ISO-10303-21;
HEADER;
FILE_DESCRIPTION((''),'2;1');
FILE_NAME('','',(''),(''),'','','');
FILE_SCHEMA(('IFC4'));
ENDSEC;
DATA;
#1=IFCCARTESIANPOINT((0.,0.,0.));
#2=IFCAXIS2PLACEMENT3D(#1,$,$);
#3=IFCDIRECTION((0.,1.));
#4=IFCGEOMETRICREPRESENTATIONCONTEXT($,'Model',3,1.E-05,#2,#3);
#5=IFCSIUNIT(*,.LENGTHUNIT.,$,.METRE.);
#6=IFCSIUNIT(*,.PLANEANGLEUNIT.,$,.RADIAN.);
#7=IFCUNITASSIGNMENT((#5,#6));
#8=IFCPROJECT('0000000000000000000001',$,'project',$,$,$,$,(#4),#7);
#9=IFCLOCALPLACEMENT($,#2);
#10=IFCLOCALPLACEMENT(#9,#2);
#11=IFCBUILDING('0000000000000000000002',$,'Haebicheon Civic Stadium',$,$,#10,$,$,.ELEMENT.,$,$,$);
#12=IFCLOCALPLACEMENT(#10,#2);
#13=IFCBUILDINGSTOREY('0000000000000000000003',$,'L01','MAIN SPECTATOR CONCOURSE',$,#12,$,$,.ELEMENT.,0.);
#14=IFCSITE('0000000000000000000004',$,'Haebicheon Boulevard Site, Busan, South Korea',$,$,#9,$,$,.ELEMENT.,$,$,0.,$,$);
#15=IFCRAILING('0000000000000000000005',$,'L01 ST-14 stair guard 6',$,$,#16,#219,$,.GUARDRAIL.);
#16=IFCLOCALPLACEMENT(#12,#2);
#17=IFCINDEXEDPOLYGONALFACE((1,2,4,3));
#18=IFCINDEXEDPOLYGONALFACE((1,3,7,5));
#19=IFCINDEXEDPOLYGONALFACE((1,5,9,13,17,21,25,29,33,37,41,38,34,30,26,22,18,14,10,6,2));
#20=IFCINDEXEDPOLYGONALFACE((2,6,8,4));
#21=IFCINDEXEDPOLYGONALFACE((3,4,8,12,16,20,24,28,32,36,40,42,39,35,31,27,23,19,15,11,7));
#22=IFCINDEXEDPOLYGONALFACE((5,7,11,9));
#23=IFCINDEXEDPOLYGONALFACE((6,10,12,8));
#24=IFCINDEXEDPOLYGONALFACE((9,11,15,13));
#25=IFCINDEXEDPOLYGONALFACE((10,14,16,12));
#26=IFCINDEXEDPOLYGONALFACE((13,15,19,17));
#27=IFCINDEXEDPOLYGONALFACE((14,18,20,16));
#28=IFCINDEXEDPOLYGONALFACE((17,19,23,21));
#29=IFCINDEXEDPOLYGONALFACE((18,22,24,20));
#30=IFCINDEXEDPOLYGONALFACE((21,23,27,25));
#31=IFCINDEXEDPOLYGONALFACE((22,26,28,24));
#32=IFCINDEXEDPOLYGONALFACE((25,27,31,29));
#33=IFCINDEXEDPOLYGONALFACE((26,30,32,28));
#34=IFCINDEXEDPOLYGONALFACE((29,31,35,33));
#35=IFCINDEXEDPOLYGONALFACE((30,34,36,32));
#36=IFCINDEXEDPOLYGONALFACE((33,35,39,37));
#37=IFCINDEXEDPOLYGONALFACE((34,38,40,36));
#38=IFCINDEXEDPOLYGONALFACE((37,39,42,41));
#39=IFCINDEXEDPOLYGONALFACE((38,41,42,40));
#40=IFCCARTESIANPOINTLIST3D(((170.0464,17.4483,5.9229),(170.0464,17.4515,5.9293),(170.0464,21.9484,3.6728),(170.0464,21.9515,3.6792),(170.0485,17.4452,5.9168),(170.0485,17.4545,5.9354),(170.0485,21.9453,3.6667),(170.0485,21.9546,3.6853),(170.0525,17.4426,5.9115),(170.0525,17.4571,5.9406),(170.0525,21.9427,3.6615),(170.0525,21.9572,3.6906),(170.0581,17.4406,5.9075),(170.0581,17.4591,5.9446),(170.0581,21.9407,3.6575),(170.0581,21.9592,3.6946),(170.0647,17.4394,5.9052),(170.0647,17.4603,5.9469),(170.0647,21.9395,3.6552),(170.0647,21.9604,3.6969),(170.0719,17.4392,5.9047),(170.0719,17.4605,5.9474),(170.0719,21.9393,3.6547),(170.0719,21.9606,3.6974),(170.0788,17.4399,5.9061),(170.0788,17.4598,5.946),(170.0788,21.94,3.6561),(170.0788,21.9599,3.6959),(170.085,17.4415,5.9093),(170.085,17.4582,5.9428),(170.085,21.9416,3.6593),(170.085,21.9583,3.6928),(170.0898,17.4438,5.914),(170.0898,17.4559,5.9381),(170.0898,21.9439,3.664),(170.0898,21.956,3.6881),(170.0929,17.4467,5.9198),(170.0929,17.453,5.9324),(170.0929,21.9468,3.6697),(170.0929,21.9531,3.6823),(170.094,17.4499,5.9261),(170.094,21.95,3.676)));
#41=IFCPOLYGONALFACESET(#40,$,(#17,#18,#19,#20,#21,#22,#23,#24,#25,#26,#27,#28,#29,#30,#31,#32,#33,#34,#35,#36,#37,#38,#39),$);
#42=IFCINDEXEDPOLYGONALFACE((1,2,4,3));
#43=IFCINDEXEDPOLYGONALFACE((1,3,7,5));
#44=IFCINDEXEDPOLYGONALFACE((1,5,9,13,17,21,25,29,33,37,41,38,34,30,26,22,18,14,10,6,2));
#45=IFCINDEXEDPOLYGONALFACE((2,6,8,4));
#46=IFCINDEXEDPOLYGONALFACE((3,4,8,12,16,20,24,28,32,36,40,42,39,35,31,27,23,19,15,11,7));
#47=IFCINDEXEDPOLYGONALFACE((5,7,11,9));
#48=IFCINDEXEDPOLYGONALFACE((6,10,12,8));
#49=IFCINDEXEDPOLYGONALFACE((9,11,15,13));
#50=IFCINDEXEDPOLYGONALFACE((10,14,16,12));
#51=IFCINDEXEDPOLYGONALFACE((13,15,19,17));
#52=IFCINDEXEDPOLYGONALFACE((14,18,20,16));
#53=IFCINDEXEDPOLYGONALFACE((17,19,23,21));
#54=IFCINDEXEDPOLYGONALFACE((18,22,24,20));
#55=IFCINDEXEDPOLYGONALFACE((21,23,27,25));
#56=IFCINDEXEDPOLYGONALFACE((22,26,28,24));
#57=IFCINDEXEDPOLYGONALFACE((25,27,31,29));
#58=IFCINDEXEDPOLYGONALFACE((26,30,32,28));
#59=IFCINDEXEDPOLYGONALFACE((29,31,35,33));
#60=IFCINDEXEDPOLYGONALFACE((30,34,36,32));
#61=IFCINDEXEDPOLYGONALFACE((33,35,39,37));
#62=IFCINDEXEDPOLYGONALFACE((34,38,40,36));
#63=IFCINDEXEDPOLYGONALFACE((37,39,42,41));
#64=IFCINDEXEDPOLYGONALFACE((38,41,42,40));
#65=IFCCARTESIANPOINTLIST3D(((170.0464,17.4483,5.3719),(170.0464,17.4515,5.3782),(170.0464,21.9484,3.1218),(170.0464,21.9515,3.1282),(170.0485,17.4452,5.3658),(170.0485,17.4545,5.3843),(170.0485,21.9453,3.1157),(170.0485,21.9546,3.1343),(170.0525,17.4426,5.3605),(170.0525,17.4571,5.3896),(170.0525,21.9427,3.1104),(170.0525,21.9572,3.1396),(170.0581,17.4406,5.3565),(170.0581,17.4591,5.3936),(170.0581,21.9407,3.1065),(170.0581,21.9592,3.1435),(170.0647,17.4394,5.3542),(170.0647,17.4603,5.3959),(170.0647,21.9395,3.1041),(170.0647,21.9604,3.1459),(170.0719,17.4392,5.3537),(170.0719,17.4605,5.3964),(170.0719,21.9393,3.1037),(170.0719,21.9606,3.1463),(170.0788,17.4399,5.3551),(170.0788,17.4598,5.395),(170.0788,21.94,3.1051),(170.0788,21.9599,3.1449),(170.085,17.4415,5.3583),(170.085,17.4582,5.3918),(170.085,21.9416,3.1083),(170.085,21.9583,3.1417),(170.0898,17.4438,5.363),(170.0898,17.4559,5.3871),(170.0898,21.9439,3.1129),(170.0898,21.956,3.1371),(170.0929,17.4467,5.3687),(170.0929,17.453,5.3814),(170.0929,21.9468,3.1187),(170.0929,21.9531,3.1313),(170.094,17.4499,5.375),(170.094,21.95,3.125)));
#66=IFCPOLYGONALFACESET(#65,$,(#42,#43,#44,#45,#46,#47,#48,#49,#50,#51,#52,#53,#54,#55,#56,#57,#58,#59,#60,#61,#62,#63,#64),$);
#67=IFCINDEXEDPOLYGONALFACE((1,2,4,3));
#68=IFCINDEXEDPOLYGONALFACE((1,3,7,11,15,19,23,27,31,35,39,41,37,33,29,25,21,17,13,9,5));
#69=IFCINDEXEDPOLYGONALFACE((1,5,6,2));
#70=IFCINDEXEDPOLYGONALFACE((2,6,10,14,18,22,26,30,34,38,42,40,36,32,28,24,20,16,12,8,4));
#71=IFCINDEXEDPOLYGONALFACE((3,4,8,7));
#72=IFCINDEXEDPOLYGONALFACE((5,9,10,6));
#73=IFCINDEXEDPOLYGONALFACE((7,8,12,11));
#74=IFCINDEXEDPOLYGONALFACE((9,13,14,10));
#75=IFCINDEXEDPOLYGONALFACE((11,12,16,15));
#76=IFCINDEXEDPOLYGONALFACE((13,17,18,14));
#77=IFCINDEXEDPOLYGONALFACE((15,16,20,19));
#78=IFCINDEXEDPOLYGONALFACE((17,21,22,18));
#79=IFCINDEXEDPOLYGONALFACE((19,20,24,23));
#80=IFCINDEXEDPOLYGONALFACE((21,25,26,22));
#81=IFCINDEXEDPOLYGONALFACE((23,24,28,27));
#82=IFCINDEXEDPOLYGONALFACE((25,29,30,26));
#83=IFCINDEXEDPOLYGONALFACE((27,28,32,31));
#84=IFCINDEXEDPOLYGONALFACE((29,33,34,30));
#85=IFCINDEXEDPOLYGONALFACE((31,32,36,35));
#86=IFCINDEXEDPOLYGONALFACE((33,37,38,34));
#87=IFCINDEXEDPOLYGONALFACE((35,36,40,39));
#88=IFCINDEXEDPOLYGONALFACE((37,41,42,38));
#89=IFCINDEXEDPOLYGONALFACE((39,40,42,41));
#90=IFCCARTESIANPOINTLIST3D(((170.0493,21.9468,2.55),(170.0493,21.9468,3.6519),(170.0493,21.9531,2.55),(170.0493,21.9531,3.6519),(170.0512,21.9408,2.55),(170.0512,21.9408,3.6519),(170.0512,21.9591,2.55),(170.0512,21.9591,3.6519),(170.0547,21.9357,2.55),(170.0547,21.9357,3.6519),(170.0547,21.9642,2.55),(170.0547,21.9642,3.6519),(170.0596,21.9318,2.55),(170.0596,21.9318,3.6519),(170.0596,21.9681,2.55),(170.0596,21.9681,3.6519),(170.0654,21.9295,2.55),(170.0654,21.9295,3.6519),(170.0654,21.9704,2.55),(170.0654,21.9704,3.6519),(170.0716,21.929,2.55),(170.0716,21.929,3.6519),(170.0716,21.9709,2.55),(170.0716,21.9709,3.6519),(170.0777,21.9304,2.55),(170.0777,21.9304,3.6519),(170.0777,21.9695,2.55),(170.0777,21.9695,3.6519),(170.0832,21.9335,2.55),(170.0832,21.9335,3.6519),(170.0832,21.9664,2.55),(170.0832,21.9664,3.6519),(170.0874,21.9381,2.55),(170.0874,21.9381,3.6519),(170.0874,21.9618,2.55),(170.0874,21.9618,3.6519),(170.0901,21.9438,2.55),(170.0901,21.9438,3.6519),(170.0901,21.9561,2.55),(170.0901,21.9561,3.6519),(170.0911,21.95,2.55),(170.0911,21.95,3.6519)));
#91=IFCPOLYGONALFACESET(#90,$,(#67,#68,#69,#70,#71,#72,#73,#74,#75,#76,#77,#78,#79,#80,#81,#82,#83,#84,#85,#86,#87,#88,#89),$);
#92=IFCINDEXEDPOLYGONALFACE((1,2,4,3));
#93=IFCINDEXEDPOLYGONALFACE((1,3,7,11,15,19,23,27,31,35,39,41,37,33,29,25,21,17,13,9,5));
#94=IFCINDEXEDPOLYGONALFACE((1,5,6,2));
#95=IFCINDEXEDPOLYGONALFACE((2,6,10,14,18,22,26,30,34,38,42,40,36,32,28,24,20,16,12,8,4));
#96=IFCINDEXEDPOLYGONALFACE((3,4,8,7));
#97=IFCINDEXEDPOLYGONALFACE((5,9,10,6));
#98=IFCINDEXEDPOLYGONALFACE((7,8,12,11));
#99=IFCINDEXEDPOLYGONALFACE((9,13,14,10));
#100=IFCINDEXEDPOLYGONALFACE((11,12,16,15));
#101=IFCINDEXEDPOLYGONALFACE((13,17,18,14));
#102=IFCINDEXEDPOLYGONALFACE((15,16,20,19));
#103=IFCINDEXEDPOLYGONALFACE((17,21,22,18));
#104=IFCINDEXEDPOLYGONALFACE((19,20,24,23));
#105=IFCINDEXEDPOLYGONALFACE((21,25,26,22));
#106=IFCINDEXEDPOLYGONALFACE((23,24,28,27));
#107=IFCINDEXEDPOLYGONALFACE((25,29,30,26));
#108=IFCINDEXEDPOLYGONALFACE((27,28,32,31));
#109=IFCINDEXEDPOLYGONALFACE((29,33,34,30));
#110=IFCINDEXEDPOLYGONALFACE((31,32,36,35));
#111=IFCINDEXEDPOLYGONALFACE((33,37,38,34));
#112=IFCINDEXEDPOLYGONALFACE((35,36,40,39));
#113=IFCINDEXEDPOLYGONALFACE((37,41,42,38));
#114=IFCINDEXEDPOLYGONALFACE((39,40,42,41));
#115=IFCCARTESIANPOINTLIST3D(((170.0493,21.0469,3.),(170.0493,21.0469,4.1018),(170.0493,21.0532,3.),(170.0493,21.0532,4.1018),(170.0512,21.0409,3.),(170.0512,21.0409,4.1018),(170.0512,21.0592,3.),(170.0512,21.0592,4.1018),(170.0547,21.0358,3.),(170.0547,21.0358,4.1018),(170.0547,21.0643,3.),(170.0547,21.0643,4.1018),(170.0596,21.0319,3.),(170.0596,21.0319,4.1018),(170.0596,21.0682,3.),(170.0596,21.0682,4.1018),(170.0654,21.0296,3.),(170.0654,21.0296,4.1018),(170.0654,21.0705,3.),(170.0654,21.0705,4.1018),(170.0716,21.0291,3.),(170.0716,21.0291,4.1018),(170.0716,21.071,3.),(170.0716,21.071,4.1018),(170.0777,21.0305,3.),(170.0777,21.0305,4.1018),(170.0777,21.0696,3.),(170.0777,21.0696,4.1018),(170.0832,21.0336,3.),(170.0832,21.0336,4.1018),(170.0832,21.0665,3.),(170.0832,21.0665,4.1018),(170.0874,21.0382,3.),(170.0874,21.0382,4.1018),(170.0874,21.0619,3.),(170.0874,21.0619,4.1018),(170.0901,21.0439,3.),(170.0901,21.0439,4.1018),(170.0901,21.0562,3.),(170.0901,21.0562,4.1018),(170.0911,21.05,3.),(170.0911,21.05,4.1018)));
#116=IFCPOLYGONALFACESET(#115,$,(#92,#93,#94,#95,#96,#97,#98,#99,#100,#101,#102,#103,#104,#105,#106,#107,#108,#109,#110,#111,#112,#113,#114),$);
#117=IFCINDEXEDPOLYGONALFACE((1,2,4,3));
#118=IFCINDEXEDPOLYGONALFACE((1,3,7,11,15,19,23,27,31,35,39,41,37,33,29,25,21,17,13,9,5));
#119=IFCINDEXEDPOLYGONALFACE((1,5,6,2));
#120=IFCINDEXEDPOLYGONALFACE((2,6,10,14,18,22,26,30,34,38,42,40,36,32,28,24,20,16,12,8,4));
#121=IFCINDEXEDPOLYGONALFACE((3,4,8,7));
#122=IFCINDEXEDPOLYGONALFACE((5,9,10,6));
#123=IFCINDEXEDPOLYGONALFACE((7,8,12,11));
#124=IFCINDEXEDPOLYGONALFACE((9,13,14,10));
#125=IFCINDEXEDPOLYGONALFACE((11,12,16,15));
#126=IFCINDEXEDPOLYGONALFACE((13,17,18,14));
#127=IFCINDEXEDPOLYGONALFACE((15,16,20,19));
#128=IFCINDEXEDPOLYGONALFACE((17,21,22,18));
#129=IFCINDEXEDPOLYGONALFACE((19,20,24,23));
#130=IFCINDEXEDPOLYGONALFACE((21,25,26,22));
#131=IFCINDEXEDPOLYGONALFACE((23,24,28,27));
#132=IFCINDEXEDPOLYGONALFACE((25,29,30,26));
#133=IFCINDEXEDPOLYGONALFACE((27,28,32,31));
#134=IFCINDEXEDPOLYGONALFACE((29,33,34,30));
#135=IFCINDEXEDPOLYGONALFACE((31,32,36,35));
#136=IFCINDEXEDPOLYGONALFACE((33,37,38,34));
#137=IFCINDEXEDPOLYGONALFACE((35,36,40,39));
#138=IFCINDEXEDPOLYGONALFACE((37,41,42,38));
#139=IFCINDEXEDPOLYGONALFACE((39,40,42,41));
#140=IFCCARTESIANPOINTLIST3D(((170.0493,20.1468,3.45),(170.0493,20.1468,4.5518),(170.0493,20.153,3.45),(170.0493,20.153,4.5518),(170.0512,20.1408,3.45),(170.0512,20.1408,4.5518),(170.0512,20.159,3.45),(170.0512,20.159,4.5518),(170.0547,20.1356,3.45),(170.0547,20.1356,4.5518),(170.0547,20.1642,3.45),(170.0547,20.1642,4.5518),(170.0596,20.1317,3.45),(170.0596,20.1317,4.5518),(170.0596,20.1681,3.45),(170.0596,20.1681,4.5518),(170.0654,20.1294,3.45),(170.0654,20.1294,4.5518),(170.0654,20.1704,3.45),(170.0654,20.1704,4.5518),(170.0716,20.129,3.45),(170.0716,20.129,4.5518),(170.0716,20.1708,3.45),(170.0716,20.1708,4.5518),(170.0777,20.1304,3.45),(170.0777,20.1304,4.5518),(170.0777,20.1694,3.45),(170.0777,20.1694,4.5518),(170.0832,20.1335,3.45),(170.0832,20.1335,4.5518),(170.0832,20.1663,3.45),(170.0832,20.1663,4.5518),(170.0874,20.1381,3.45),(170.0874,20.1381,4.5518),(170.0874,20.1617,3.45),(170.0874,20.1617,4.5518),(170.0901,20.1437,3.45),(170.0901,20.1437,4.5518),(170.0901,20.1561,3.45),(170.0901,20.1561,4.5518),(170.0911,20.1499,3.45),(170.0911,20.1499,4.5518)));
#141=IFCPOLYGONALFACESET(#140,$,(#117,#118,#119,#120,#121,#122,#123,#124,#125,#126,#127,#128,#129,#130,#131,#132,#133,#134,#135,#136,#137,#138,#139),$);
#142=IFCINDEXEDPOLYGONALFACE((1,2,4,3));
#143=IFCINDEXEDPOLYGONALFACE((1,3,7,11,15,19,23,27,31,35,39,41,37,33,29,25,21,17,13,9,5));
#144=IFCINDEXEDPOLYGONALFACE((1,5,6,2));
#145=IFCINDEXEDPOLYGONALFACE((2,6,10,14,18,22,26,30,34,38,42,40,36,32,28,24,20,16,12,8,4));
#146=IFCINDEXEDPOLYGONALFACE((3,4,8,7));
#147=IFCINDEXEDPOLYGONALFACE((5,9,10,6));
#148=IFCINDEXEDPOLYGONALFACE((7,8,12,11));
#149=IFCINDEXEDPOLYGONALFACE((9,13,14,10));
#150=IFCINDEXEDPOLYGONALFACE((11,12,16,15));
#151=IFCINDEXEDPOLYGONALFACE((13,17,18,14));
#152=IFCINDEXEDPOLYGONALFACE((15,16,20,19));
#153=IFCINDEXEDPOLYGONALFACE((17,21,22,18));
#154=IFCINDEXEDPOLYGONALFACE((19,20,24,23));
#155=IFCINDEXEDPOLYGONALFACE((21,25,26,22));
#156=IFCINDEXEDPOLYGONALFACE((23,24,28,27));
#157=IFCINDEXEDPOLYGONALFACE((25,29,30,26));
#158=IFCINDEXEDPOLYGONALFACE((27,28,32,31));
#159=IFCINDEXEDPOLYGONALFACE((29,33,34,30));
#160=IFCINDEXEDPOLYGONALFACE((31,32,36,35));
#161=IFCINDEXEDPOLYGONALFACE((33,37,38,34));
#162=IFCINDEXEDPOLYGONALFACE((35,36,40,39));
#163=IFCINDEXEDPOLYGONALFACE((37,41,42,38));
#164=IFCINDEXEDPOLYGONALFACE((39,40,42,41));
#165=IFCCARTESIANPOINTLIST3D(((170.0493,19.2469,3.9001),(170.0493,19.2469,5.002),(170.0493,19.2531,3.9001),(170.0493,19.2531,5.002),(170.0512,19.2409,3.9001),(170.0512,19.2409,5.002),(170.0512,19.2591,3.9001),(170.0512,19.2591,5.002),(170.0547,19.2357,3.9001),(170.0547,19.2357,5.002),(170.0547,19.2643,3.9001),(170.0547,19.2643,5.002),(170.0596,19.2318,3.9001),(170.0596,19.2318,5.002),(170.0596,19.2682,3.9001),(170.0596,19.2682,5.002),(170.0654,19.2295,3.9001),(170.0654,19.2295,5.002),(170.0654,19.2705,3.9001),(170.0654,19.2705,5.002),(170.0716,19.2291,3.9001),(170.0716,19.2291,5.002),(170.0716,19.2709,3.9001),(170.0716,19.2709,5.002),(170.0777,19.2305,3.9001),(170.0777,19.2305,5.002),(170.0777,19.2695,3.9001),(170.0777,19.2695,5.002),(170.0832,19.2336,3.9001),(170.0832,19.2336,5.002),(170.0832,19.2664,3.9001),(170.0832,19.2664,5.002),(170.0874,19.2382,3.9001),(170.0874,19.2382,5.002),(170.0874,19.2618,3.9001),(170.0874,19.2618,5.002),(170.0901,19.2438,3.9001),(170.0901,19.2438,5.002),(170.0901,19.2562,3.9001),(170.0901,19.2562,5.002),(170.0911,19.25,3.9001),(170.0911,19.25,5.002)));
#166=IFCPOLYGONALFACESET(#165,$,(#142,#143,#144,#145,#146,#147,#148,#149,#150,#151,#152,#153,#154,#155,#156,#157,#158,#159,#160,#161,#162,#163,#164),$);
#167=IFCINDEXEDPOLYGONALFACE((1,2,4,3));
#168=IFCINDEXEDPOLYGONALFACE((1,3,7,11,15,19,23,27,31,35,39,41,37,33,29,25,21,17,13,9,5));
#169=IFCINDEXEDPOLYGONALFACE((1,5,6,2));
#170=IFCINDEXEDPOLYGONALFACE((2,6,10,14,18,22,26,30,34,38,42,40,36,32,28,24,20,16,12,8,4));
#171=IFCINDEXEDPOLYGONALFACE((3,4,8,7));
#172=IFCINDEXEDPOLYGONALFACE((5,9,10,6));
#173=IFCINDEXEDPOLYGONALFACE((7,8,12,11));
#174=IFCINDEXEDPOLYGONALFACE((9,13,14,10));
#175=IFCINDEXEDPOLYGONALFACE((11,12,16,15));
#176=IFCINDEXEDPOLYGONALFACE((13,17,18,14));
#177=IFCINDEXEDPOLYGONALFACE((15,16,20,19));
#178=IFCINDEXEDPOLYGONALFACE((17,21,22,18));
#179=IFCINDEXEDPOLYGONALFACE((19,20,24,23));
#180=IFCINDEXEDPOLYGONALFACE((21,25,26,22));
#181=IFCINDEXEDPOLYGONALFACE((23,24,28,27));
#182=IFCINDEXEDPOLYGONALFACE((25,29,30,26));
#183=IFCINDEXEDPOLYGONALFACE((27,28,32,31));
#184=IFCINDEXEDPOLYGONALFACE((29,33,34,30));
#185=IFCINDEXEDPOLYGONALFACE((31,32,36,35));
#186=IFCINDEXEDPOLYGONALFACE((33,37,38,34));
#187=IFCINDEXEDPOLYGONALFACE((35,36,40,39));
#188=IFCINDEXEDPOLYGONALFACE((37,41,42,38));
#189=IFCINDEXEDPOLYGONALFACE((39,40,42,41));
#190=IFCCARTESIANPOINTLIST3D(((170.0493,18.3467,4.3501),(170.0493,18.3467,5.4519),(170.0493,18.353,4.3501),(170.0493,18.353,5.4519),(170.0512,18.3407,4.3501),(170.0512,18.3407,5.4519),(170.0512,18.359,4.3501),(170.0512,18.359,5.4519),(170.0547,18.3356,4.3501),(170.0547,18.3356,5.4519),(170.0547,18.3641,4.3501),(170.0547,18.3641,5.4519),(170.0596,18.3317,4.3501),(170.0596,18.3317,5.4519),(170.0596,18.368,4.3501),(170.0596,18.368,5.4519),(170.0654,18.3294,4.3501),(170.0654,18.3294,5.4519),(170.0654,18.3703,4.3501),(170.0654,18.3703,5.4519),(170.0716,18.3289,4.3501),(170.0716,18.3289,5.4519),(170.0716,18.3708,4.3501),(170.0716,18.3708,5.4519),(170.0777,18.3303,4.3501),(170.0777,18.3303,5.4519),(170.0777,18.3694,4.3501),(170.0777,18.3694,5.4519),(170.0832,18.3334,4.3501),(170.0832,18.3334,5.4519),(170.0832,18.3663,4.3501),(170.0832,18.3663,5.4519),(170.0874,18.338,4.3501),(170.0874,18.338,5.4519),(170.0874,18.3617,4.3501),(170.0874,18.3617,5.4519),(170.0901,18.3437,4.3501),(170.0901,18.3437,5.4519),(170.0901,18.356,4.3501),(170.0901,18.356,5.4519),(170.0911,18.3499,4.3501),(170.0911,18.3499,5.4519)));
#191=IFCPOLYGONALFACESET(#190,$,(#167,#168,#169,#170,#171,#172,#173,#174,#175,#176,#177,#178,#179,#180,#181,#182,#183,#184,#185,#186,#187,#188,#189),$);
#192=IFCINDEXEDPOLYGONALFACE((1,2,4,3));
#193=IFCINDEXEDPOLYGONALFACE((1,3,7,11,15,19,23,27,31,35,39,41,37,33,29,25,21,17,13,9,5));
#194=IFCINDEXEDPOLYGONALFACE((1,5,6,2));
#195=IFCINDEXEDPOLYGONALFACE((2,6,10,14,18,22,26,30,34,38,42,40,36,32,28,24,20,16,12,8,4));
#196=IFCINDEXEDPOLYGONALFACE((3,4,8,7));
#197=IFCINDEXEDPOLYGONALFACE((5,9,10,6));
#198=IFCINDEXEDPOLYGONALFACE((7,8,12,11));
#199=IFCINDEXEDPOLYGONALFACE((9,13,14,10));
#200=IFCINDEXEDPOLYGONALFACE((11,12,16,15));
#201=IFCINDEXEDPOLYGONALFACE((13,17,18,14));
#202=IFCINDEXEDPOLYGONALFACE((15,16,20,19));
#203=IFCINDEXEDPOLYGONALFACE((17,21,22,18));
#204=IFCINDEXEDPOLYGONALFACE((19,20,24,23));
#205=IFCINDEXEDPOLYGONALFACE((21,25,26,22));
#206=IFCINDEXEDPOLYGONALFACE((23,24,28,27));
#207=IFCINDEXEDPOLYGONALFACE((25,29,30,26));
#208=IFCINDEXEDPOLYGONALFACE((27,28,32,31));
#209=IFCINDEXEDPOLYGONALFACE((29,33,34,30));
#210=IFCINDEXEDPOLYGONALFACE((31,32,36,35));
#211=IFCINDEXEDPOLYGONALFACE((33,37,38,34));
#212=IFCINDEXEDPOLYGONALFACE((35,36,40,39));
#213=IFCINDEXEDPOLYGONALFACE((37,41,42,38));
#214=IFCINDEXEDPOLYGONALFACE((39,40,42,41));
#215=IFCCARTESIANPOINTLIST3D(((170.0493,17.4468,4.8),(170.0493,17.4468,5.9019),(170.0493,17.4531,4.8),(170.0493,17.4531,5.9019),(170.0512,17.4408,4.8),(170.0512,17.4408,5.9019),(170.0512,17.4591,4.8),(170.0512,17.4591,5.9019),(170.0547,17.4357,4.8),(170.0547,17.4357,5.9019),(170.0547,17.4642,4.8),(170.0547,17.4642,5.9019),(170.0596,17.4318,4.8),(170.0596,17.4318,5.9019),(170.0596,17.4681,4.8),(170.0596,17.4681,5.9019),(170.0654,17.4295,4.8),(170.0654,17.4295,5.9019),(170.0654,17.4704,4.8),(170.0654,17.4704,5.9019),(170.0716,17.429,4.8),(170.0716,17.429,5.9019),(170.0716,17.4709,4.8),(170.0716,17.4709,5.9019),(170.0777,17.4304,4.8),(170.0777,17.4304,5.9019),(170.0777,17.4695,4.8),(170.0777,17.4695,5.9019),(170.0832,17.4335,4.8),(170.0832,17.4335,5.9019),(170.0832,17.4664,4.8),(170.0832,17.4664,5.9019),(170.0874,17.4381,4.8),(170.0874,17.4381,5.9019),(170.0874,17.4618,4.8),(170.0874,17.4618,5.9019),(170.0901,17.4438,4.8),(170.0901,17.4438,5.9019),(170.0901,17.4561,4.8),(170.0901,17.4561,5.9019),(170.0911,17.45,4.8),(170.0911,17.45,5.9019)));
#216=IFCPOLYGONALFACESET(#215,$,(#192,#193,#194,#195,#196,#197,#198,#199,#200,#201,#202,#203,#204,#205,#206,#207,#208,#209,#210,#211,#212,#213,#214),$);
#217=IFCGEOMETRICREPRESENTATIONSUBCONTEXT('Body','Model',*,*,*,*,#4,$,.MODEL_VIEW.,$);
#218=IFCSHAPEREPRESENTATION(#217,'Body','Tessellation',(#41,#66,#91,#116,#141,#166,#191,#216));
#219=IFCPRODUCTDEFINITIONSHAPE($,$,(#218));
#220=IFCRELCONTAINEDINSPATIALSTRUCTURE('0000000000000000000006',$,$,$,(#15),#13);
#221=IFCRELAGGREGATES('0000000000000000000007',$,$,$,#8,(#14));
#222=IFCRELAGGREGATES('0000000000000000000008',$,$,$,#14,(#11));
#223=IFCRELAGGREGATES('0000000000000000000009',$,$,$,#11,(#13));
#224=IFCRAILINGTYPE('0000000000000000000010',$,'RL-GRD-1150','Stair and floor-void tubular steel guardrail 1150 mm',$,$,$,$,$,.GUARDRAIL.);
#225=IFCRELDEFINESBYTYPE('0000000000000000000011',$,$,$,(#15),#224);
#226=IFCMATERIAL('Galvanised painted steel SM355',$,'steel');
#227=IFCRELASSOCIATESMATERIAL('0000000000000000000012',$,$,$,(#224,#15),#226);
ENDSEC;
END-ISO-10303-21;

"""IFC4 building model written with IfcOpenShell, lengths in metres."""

from ifc_helpers import new_model, si_unit, direction, frame, origin, origin_2d, place, context, subcontext, project, spatial, circle, extrude, material, type_object, element, save


model = new_model("IFC4")

# Units and contexts
model_context = context("Model", 3, precision=1e-05, world=origin(), true_north=direction((0.0, 1.0)))
body_context = subcontext(model_context, "Body", "Model", "MODEL_VIEW")
ifc_project = project(units=[si_unit("LENGTHUNIT", "METRE"), si_unit("PLANEANGLEUNIT", "RADIAN")], contexts=[model_context])

# Site, building, storey
site_placement = place(None, origin())
site = spatial("IfcSite", under=ifc_project, at=site_placement, Name="Haebicheon Boulevard Site, Busan, South Korea", CompositionType="ELEMENT", RefElevation=0.0)
building_placement = place(site_placement, origin())
building = spatial("IfcBuilding", under=site, at=building_placement, Name="Haebicheon Civic Stadium", CompositionType="ELEMENT")
storey_placement = place(building_placement, origin())
storey = spatial("IfcBuildingStorey", under=building, at=storey_placement, Name="L01", Description="MAIN SPECTATOR CONCOURSE", CompositionType="ELEMENT", Elevation=0.0)

# Railing
ifc_material_1 = material(Name="Galvanised painted steel SM355", Category="steel")
railing_type_1 = type_object("IfcRailingType", Name="RL-GRD-1150", Description="Stair and floor-void tubular steel guardrail 1150 mm", PredefinedType="GUARDRAIL", material=ifc_material_1)
railing_1_placement = place(storey_placement, frame((170.0701, 21.95, 2.55)))
element("IfcRailing", 1, at=railing_1_placement, inside=storey, type_object=railing_type_1, material=ifc_material_1, Name="L01 ST-14 stair guard 6", PredefinedType="GUARDRAIL", context=body_context, shape_type="SweptSolid", body=[
    extrude(circle(Radius=0.0239, at=origin_2d()), frame((0.0, 0.0, 1.126), z_axis=(0.0, -0.894427, 0.447214), x_axis=(1.0, 0.0, 0.0)), (0.0, 0.0, 1.0), 5.0312),
    extrude(circle(Radius=0.0239, at=origin_2d()), frame((0.0, 0.0, 0.575), z_axis=(0.0, -0.894427, 0.447214), x_axis=(1.0, 0.0, 0.0)), (0.0, 0.0, 1.0), 5.0312),
    extrude(circle(Radius=0.021, at=origin_2d()), origin(), (0.0, 0.0, 1.0), 1.1018),
    extrude(circle(Radius=0.021, at=origin_2d()), frame((0.0, -0.8999, 0.45)), (0.0, 0.0, 1.0), 1.1018),
    extrude(circle(Radius=0.021, at=origin_2d()), frame((0.0, -1.8, 0.8999)), (0.0, 0.0, 1.0), 1.1018),
    extrude(circle(Radius=0.021, at=origin_2d()), frame((0.0, -2.7, 1.3501)), (0.0, 0.0, 1.0), 1.1018),
    extrude(circle(Radius=0.021, at=origin_2d()), frame((0.0, -3.6001, 1.8)), (0.0, 0.0, 1.0), 1.1018),
    extrude(circle(Radius=0.021, at=origin_2d()), frame((0.0, -4.5, 2.25)), (0.0, 0.0, 1.0), 1.1018),
])

save(model, "model.ifc")
